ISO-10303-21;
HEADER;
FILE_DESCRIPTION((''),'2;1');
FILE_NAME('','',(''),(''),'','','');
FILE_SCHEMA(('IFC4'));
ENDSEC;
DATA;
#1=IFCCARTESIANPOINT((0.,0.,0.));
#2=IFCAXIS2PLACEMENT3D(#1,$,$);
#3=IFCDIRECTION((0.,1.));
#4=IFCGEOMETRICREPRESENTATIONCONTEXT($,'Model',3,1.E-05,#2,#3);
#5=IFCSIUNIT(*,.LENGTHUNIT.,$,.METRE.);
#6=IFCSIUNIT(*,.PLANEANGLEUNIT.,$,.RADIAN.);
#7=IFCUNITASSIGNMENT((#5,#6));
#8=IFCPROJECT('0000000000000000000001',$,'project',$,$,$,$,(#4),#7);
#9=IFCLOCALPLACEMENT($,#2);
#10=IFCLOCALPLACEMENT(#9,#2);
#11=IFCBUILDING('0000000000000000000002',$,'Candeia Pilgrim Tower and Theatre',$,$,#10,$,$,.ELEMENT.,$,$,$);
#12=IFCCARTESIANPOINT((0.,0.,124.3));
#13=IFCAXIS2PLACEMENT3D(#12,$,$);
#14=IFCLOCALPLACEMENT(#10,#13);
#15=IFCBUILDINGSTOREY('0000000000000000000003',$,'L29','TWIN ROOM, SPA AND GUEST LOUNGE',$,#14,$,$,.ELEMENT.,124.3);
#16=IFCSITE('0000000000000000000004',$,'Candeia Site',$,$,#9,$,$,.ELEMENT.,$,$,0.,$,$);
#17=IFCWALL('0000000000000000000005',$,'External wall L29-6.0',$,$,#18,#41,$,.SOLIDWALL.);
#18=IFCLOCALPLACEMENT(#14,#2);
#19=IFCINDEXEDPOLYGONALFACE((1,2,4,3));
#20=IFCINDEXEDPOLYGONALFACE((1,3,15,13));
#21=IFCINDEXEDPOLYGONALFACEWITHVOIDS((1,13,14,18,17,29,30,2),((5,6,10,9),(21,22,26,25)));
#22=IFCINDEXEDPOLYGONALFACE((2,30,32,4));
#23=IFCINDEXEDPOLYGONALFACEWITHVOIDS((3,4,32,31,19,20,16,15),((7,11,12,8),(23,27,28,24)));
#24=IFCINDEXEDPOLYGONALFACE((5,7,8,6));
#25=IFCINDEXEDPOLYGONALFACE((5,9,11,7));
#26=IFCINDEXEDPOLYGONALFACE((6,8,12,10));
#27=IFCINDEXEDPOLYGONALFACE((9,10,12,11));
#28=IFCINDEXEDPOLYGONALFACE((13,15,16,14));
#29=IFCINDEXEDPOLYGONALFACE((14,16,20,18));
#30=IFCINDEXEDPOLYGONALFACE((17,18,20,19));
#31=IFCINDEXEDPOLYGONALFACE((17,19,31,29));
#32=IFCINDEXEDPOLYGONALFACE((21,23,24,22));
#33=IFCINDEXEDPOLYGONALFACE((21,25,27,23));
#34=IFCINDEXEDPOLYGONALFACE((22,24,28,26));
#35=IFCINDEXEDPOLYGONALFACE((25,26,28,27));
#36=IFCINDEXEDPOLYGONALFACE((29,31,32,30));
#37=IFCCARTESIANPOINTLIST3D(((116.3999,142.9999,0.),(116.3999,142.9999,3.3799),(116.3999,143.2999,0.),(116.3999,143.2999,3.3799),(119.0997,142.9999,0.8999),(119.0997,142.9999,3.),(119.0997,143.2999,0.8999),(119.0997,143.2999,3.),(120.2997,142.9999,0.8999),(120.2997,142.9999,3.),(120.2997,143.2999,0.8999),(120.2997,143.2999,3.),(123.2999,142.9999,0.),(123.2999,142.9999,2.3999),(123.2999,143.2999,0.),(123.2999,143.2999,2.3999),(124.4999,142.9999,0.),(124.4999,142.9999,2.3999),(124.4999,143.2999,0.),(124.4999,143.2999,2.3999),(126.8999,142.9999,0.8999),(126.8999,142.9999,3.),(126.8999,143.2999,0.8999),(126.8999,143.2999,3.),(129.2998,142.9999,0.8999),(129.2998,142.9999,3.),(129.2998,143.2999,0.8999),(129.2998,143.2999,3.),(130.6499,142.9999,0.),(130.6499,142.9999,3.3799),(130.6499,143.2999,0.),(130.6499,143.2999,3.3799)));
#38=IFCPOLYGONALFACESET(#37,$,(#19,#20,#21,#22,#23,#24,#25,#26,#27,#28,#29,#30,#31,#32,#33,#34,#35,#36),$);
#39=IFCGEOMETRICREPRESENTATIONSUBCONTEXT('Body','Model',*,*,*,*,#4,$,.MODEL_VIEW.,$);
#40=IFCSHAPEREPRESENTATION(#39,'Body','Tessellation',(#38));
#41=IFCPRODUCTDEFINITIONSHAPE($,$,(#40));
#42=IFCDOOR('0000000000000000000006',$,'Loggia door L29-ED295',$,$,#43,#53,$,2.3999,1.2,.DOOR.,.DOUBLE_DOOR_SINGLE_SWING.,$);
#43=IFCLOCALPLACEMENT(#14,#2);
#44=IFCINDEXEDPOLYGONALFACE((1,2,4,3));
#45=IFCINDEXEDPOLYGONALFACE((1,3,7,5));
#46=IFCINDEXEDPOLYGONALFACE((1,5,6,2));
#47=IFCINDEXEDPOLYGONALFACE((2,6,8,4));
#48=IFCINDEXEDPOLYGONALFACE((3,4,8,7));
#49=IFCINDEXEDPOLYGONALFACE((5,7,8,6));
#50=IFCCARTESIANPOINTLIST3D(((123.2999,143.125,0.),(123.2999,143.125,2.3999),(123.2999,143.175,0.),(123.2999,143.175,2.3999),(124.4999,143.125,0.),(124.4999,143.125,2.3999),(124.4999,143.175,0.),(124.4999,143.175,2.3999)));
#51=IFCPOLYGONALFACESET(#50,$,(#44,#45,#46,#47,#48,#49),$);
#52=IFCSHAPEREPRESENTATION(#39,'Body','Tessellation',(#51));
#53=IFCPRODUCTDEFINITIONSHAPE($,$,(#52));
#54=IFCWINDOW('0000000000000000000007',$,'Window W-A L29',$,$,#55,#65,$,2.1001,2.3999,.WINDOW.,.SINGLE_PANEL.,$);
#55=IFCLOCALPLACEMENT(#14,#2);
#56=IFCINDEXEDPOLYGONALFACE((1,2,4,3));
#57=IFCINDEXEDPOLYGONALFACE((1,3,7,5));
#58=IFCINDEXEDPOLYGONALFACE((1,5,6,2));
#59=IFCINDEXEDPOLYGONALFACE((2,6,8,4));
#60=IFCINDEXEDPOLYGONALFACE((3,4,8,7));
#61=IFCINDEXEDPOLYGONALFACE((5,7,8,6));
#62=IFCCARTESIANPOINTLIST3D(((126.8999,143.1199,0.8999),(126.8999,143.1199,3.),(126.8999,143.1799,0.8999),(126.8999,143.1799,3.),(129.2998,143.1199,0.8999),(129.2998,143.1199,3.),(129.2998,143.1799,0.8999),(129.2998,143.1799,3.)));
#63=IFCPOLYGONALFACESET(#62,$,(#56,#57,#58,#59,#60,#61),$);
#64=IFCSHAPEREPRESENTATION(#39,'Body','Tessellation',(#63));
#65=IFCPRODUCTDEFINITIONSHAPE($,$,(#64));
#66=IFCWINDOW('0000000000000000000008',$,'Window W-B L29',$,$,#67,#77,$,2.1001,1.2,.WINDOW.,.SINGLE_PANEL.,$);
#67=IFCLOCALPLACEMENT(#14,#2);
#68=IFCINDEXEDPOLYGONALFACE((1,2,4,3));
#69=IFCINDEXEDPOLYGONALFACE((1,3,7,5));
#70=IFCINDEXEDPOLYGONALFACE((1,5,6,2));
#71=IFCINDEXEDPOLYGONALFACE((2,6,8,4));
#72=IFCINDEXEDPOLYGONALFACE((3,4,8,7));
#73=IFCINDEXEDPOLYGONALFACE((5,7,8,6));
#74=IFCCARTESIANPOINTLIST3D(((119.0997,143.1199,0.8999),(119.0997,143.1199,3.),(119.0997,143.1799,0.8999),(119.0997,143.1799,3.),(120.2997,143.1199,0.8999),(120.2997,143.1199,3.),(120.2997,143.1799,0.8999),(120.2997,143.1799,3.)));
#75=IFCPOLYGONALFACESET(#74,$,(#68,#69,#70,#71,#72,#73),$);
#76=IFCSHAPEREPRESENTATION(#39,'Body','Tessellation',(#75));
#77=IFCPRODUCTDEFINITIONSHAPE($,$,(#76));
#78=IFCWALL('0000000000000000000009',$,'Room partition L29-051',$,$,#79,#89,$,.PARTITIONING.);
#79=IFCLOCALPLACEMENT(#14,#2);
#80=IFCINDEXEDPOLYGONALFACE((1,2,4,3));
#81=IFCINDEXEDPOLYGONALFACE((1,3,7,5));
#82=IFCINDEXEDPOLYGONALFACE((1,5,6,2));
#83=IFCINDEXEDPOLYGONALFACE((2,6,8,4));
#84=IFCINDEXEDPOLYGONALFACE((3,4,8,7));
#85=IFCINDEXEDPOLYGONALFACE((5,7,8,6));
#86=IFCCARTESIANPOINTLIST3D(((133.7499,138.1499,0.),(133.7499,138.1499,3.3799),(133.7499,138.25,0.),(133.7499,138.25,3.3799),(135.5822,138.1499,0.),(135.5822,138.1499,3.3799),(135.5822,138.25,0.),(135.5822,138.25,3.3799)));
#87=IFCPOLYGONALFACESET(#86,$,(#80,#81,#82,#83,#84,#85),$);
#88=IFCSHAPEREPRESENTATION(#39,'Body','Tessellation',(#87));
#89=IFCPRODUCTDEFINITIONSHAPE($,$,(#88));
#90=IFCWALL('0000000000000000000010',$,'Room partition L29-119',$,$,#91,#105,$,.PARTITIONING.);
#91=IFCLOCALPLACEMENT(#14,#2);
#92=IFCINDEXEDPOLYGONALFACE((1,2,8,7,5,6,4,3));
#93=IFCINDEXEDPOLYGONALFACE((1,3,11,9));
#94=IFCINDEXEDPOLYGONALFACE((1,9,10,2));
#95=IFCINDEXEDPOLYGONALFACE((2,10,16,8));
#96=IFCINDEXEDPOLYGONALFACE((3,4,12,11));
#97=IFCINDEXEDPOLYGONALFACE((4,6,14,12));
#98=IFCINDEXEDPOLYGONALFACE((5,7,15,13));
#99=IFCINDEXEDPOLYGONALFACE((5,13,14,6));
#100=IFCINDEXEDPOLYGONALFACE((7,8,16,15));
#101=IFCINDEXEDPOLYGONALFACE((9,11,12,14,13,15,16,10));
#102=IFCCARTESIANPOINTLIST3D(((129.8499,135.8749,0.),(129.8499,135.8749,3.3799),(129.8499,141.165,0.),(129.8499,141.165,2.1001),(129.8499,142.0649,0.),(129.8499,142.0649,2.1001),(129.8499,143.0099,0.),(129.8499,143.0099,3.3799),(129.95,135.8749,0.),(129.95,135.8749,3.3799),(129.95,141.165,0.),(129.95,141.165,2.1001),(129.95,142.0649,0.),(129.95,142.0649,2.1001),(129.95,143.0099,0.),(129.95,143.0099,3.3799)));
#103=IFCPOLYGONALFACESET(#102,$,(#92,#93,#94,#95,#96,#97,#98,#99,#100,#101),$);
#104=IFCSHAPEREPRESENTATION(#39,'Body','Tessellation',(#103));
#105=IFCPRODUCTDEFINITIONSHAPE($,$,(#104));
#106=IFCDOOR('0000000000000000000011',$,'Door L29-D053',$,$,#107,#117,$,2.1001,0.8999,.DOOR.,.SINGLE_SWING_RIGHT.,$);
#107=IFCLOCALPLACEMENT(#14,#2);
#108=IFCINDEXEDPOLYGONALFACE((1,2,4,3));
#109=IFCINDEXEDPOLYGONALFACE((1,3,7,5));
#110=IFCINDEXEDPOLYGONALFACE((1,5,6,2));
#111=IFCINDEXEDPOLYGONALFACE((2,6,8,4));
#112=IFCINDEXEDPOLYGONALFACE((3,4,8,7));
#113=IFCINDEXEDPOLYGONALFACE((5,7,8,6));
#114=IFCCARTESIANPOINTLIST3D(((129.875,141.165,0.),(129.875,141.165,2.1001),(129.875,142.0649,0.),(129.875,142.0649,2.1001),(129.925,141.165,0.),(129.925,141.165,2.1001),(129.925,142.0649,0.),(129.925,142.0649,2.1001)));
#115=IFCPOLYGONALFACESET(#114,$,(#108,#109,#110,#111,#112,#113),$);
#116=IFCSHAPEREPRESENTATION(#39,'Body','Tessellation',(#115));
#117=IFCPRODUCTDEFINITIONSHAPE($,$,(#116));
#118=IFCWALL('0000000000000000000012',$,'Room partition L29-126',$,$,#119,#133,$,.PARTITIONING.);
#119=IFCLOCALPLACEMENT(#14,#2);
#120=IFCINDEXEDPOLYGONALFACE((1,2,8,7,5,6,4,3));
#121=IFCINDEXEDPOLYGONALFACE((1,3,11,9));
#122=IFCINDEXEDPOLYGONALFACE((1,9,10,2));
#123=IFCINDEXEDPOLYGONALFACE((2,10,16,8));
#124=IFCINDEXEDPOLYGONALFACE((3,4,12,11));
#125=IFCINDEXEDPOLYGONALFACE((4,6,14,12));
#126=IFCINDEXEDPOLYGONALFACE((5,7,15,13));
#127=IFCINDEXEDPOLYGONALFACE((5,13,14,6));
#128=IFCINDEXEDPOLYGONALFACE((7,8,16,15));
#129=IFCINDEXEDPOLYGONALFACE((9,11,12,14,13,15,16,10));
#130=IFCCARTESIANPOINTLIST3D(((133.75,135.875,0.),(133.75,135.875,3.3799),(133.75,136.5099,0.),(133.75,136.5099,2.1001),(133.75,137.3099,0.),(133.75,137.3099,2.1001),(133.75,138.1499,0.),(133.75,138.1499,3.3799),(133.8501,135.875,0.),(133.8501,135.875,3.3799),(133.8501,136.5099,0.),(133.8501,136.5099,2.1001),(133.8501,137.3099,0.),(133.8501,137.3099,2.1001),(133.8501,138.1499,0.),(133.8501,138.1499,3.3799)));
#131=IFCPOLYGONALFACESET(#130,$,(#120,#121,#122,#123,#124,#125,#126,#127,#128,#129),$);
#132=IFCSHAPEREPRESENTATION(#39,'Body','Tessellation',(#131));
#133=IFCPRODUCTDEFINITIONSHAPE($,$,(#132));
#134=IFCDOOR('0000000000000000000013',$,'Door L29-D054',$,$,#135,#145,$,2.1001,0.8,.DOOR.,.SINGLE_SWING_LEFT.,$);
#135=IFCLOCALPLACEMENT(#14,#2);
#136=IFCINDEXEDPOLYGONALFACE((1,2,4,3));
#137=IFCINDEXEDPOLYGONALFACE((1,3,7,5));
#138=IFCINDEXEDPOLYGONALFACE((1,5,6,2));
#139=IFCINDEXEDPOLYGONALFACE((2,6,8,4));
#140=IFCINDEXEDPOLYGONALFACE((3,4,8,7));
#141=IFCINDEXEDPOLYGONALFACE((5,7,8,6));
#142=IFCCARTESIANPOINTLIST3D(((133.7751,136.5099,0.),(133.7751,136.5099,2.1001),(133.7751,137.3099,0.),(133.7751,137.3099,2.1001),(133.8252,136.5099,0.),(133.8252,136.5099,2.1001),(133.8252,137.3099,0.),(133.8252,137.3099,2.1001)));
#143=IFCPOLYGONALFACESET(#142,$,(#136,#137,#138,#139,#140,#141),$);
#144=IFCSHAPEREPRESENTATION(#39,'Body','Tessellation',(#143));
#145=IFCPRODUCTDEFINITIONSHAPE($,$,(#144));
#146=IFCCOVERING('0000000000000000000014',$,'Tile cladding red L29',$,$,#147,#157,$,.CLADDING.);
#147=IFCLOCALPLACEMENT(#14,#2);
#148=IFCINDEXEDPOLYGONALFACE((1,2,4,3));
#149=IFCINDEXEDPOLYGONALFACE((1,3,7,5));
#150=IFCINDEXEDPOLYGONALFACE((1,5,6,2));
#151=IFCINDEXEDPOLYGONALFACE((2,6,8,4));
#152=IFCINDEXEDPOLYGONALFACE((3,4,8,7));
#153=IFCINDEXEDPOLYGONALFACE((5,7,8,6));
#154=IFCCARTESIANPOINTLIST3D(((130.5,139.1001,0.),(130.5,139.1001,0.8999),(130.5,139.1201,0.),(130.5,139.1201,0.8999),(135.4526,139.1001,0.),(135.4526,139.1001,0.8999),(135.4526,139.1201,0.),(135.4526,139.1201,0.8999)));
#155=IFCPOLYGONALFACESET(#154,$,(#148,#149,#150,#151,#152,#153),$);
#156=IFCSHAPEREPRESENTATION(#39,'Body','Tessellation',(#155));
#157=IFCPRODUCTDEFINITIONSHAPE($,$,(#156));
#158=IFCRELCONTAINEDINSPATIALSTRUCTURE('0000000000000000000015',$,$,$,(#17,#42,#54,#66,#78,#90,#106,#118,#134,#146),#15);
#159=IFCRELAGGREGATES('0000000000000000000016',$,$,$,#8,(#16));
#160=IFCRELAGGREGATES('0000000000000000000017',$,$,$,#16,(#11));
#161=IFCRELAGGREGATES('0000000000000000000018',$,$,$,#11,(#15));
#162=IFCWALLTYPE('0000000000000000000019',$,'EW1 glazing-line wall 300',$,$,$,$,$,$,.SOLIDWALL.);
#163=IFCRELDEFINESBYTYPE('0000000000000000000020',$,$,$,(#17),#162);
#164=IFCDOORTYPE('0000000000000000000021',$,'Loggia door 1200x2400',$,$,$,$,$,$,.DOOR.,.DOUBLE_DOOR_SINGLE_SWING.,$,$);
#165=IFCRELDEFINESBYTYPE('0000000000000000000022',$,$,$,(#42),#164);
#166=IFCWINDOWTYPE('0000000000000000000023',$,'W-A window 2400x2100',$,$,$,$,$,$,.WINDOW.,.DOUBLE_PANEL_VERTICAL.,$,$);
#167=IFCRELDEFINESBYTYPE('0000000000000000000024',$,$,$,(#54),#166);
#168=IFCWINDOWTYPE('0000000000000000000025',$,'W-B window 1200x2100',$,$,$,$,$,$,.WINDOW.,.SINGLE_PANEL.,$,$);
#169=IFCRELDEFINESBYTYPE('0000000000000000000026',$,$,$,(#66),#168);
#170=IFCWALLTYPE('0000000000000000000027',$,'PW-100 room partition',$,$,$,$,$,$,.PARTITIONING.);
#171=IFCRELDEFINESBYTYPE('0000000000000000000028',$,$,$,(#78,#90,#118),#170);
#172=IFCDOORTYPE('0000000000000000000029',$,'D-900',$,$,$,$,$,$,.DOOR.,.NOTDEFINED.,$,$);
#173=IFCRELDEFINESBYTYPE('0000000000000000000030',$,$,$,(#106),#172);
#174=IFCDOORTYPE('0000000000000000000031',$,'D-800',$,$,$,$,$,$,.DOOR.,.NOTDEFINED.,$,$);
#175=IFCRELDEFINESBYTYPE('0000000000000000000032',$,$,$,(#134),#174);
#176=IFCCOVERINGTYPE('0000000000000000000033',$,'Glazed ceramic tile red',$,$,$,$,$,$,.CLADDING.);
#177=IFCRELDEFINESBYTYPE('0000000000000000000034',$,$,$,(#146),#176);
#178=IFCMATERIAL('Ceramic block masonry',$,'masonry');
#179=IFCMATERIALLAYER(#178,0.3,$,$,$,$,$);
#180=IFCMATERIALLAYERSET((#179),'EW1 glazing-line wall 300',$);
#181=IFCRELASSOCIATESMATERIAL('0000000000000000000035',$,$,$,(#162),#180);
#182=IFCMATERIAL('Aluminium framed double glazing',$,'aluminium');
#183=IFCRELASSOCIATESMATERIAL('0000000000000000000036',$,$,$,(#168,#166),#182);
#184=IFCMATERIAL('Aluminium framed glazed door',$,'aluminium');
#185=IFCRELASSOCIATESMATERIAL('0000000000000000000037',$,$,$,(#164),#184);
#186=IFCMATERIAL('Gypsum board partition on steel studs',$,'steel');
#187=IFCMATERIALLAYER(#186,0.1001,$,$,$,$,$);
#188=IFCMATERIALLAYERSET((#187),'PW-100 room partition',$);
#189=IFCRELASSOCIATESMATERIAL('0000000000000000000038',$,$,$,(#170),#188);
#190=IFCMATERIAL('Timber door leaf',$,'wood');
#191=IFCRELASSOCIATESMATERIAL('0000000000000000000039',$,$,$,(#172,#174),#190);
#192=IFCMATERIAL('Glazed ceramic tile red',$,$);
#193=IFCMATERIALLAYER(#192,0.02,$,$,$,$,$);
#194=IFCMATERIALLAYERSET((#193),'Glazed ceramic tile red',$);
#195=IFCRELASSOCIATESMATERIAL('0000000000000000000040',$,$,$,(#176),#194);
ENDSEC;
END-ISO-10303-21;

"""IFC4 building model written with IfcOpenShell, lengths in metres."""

from ifc_helpers import new_model, si_unit, direction, frame, frame_2d, origin, origin_2d, place, context, subcontext, project, spatial, rectangle, extrude, material, layer, layer_set, type_object, element, fill, save


model = new_model("IFC4")

# Units and contexts
model_context = context("Model", 3, precision=1e-05, world=origin(), true_north=direction((0.0, 1.0)))
body_context = subcontext(model_context, "Body", "Model", "MODEL_VIEW")
ifc_project = project(units=[si_unit("LENGTHUNIT", "METRE"), si_unit("PLANEANGLEUNIT", "RADIAN")], contexts=[model_context])

# Site, building, storey
site_placement = place(None, origin())
site = spatial("IfcSite", under=ifc_project, at=site_placement, Name="Candeia Site", CompositionType="ELEMENT", RefElevation=0.0)
building_placement = place(site_placement, origin())
building = spatial("IfcBuilding", under=site, at=building_placement, Name="Candeia Pilgrim Tower and Theatre", CompositionType="ELEMENT")
storey_placement = place(building_placement, frame((0.0, 0.0, 124.3)))
storey = spatial("IfcBuildingStorey", under=building, at=storey_placement, Name="L29", Description="TWIN ROOM, SPA AND GUEST LOUNGE", CompositionType="ELEMENT", Elevation=124.3)

# Shared definitions
ifc_material_1 = material(Name="Ceramic block masonry", Category="masonry")
ifc_layer_1 = layer(ifc_material_1, 0.3)
ifc_layer_set_1 = layer_set([ifc_layer_1], Name="EW1 glazing-line wall 300")
wall_type_1 = type_object("IfcWallType", Name="EW1 glazing-line wall 300", PredefinedType="SOLIDWALL", material=ifc_layer_set_1)
ifc_material_2 = material(Name="Aluminium framed double glazing", Category="aluminium")
window_type_1 = type_object("IfcWindowType", Name="W-B window 1200x2100", PartitioningType="SINGLE_PANEL", PredefinedType="WINDOW", material=ifc_material_2)

# Shared definitions
window_type_2 = type_object("IfcWindowType", Name="W-A window 2400x2100", PartitioningType="DOUBLE_PANEL_VERTICAL", PredefinedType="WINDOW", material=ifc_material_2)

# Wall, openings, door, windows
wall_1_placement = place(storey_placement, frame((130.6499, 143.1499, 0.0), z_axis=(0.0, 0.0, 1.0), x_axis=(-1.0, 0.0, 0.0)))
wall_1 = element("IfcWall", 1, at=wall_1_placement, inside=storey, type_object=wall_type_1, Name="External wall L29-6.0", PredefinedType="SOLIDWALL", context=body_context, shape_type="SweptSolid", body=[
    extrude(rectangle(XDim=14.25, YDim=0.3, at=frame_2d((7.125, 0.0))), origin(), (0.0, 0.0, 1.0), 3.3799),
])
opening_1_placement = place(wall_1_placement, frame((1.3501, 0.0, 0.8999)))
opening_1 = element("IfcOpeningElement", 2, at=opening_1_placement, cuts=wall_1, PredefinedType="OPENING", context=body_context, shape_type="SweptSolid", body=[
    extrude(rectangle(XDim=2.3999, YDim=2.1001, at=frame_2d((1.2, 1.05))), frame((0.0, 0.1602, 0.0), z_axis=(0.0, -1.0, 0.0), x_axis=(1.0, 0.0, 0.0)), (0.0, 0.0, 1.0), 0.3201),
])
opening_2_placement = place(wall_1_placement, frame((6.1499, 0.0, 0.0)))
opening_2 = element("IfcOpeningElement", 3, at=opening_2_placement, cuts=wall_1, PredefinedType="OPENING", context=body_context, shape_type="SweptSolid", body=[
    extrude(rectangle(XDim=1.2, YDim=2.3999, at=frame_2d((0.6001, 1.2))), frame((0.0, 0.1602, 0.0), z_axis=(0.0, -1.0, 0.0), x_axis=(1.0, 0.0, 0.0)), (0.0, 0.0, 1.0), 0.3201),
])
opening_3_placement = place(wall_1_placement, frame((10.3501, 0.0, 0.8999)))
opening_3 = element("IfcOpeningElement", 4, at=opening_3_placement, cuts=wall_1, PredefinedType="OPENING", context=body_context, shape_type="SweptSolid", body=[
    extrude(rectangle(XDim=1.2, YDim=2.1001, at=frame_2d((0.6001, 1.05))), frame((0.0, 0.1602, 0.0), z_axis=(0.0, -1.0, 0.0), x_axis=(1.0, 0.0, 0.0)), (0.0, 0.0, 1.0), 0.3201),
])
ifc_material_3 = material(Name="Aluminium framed glazed door", Category="aluminium")
door_type_1 = type_object("IfcDoorType", Name="Loggia door 1200x2400", OperationType="DOUBLE_DOOR_SINGLE_SWING", PredefinedType="DOOR", material=ifc_material_3)
door_1_placement = place(opening_2_placement, origin())
door_1 = element("IfcDoor", 5, at=door_1_placement, inside=storey, type_object=door_type_1, Name="Loggia door L29-ED295", OperationType="DOUBLE_DOOR_SINGLE_SWING", OverallHeight=2.3999, OverallWidth=1.2, PredefinedType="DOOR", context=body_context, shape_type="SweptSolid", body=[
    extrude(rectangle(XDim=1.2, YDim=2.3999, at=frame_2d((0.6001, 1.2))), frame((0.0, 0.0249, 0.0), z_axis=(0.0, -1.0, 0.0), x_axis=(1.0, 0.0, 0.0)), (0.0, 0.0, 1.0), 0.05),
])
fill(opening_2, door_1)
window_1_placement = place(opening_1_placement, origin())
window_1 = element("IfcWindow", 6, at=window_1_placement, inside=storey, type_object=window_type_2, Name="Window W-A L29", OverallHeight=2.1001, OverallWidth=2.3999, PartitioningType="SINGLE_PANEL", PredefinedType="WINDOW", context=body_context, shape_type="SweptSolid", body=[
    extrude(rectangle(XDim=2.3999, YDim=2.1001, at=frame_2d((1.2, 1.05))), frame((0.0, 0.03, 0.0), z_axis=(0.0, -1.0, 0.0), x_axis=(1.0, 0.0, 0.0)), (0.0, 0.0, 1.0), 0.0601),
])
fill(opening_1, window_1)
window_2_placement = place(opening_3_placement, origin())
window_2 = element("IfcWindow", 7, at=window_2_placement, inside=storey, type_object=window_type_1, Name="Window W-B L29", OverallHeight=2.1001, OverallWidth=1.2, PartitioningType="SINGLE_PANEL", PredefinedType="WINDOW", context=body_context, shape_type="SweptSolid", body=[
    extrude(rectangle(XDim=1.2, YDim=2.1001, at=frame_2d((0.6001, 1.05))), frame((0.0, 0.03, 0.0), z_axis=(0.0, -1.0, 0.0), x_axis=(1.0, 0.0, 0.0)), (0.0, 0.0, 1.0), 0.0601),
])
fill(opening_3, window_2)

# Wall
ifc_material_4 = material(Name="Gypsum board partition on steel studs", Category="steel")
ifc_layer_2 = layer(ifc_material_4, 0.1001)
ifc_layer_set_2 = layer_set([ifc_layer_2], Name="PW-100 room partition")
wall_type_2 = type_object("IfcWallType", Name="PW-100 room partition", PredefinedType="PARTITIONING", material=ifc_layer_set_2)
wall_2_placement = place(storey_placement, frame((133.75, 138.2, 0.0), z_axis=(0.0, 0.0, 1.0), x_axis=(1.0, 0.0, 0.0)))
element("IfcWall", 8, at=wall_2_placement, inside=storey, type_object=wall_type_2, Name="Room partition L29-051", PredefinedType="PARTITIONING", context=body_context, shape_type="SweptSolid", body=[
    extrude(rectangle(XDim=1.8323, YDim=0.1001, at=frame_2d((0.916, 0.0))), origin(), (0.0, 0.0, 1.0), 3.3799),
])

# Walls, openings, doors
wall_3_placement = place(storey_placement, frame((129.8999, 135.875, 0.0), z_axis=(0.0, 0.0, 1.0), x_axis=(0.0, 1.0, 0.0)))
wall_3 = element("IfcWall", 9, at=wall_3_placement, inside=storey, type_object=wall_type_2, Name="Room partition L29-119", PredefinedType="PARTITIONING", context=body_context, shape_type="SweptSolid", body=[
    extrude(rectangle(XDim=7.135, YDim=0.1001, at=frame_2d((3.5674, 0.0))), origin(), (0.0, 0.0, 1.0), 3.3799),
])
opening_4_placement = place(wall_3_placement, frame((5.29, 0.0, 0.0)))
opening_4 = element("IfcOpeningElement", 10, at=opening_4_placement, cuts=wall_3, PredefinedType="OPENING", context=body_context, shape_type="SweptSolid", body=[
    extrude(rectangle(XDim=0.8999, YDim=2.1001, at=frame_2d((0.45, 1.05))), frame((0.0, 0.0601, 0.0), z_axis=(0.0, -1.0, 0.0), x_axis=(1.0, 0.0, 0.0)), (0.0, 0.0, 1.0), 0.1201),
])
ifc_material_5 = material(Name="Timber door leaf", Category="wood")
door_type_2 = type_object("IfcDoorType", Name="D-900", OperationType="NOTDEFINED", PredefinedType="DOOR", material=ifc_material_5)
door_2_placement = place(opening_4_placement, origin())
door_2 = element("IfcDoor", 11, at=door_2_placement, inside=storey, type_object=door_type_2, Name="Door L29-D053", OperationType="SINGLE_SWING_RIGHT", OverallHeight=2.1001, OverallWidth=0.8999, PredefinedType="DOOR", context=body_context, shape_type="SweptSolid", body=[
    extrude(rectangle(XDim=0.8999, YDim=2.1001, at=frame_2d((0.45, 1.05))), frame((0.0, 0.0249, 0.0), z_axis=(0.0, -1.0, 0.0), x_axis=(1.0, 0.0, 0.0)), (0.0, 0.0, 1.0), 0.05),
])
fill(opening_4, door_2)
wall_4_placement = place(storey_placement, frame((133.8, 135.875, 0.0), z_axis=(0.0, 0.0, 1.0), x_axis=(0.0, 1.0, 0.0)))
wall_4 = element("IfcWall", 12, at=wall_4_placement, inside=storey, type_object=wall_type_2, Name="Room partition L29-126", PredefinedType="PARTITIONING", context=body_context, shape_type="SweptSolid", body=[
    extrude(rectangle(XDim=2.2749, YDim=0.1001, at=frame_2d((1.1375, 0.0))), origin(), (0.0, 0.0, 1.0), 3.3799),
])
opening_5_placement = place(wall_4_placement, frame((0.635, 0.0, 0.0)))
opening_5 = element("IfcOpeningElement", 13, at=opening_5_placement, cuts=wall_4, PredefinedType="OPENING", context=body_context, shape_type="SweptSolid", body=[
    extrude(rectangle(XDim=0.8, YDim=2.1001, at=frame_2d((0.3999, 1.05))), frame((0.0, 0.0601, 0.0), z_axis=(0.0, -1.0, 0.0), x_axis=(1.0, 0.0, 0.0)), (0.0, 0.0, 1.0), 0.1201),
])
door_type_3 = type_object("IfcDoorType", Name="D-800", OperationType="NOTDEFINED", PredefinedType="DOOR", material=ifc_material_5)
door_3_placement = place(opening_5_placement, origin())
door_3 = element("IfcDoor", 14, at=door_3_placement, inside=storey, type_object=door_type_3, Name="Door L29-D054", OperationType="SINGLE_SWING_LEFT", OverallHeight=2.1001, OverallWidth=0.8, PredefinedType="DOOR", context=body_context, shape_type="SweptSolid", body=[
    extrude(rectangle(XDim=0.8, YDim=2.1001, at=frame_2d((0.3999, 1.05))), frame((0.0, 0.0249, 0.0), z_axis=(0.0, -1.0, 0.0), x_axis=(1.0, 0.0, 0.0)), (0.0, 0.0, 1.0), 0.05),
])
fill(opening_5, door_3)

# Covering
ifc_material_6 = material(Name="Glazed ceramic tile red")
ifc_layer_3 = layer(ifc_material_6, 0.02)
ifc_layer_set_3 = layer_set([ifc_layer_3], Name="Glazed ceramic tile red")
covering_type_1 = type_object("IfcCoveringType", Name="Glazed ceramic tile red", PredefinedType="CLADDING", material=ifc_layer_set_3)
covering_1_placement = place(storey_placement, frame((132.9763, 139.1101, 0.0), z_axis=(0.0, 0.0, 1.0), x_axis=(-1.0, 0.0, 0.0)))
element("IfcCovering", 15, at=covering_1_placement, inside=storey, type_object=covering_type_1, Name="Tile cladding red L29", PredefinedType="CLADDING", context=body_context, shape_type="SweptSolid", body=[
    extrude(rectangle(XDim=4.9526, YDim=0.02, at=origin_2d()), origin(), (0.0, 0.0, 1.0), 0.8999),
])

save(model, "model.ifc")
